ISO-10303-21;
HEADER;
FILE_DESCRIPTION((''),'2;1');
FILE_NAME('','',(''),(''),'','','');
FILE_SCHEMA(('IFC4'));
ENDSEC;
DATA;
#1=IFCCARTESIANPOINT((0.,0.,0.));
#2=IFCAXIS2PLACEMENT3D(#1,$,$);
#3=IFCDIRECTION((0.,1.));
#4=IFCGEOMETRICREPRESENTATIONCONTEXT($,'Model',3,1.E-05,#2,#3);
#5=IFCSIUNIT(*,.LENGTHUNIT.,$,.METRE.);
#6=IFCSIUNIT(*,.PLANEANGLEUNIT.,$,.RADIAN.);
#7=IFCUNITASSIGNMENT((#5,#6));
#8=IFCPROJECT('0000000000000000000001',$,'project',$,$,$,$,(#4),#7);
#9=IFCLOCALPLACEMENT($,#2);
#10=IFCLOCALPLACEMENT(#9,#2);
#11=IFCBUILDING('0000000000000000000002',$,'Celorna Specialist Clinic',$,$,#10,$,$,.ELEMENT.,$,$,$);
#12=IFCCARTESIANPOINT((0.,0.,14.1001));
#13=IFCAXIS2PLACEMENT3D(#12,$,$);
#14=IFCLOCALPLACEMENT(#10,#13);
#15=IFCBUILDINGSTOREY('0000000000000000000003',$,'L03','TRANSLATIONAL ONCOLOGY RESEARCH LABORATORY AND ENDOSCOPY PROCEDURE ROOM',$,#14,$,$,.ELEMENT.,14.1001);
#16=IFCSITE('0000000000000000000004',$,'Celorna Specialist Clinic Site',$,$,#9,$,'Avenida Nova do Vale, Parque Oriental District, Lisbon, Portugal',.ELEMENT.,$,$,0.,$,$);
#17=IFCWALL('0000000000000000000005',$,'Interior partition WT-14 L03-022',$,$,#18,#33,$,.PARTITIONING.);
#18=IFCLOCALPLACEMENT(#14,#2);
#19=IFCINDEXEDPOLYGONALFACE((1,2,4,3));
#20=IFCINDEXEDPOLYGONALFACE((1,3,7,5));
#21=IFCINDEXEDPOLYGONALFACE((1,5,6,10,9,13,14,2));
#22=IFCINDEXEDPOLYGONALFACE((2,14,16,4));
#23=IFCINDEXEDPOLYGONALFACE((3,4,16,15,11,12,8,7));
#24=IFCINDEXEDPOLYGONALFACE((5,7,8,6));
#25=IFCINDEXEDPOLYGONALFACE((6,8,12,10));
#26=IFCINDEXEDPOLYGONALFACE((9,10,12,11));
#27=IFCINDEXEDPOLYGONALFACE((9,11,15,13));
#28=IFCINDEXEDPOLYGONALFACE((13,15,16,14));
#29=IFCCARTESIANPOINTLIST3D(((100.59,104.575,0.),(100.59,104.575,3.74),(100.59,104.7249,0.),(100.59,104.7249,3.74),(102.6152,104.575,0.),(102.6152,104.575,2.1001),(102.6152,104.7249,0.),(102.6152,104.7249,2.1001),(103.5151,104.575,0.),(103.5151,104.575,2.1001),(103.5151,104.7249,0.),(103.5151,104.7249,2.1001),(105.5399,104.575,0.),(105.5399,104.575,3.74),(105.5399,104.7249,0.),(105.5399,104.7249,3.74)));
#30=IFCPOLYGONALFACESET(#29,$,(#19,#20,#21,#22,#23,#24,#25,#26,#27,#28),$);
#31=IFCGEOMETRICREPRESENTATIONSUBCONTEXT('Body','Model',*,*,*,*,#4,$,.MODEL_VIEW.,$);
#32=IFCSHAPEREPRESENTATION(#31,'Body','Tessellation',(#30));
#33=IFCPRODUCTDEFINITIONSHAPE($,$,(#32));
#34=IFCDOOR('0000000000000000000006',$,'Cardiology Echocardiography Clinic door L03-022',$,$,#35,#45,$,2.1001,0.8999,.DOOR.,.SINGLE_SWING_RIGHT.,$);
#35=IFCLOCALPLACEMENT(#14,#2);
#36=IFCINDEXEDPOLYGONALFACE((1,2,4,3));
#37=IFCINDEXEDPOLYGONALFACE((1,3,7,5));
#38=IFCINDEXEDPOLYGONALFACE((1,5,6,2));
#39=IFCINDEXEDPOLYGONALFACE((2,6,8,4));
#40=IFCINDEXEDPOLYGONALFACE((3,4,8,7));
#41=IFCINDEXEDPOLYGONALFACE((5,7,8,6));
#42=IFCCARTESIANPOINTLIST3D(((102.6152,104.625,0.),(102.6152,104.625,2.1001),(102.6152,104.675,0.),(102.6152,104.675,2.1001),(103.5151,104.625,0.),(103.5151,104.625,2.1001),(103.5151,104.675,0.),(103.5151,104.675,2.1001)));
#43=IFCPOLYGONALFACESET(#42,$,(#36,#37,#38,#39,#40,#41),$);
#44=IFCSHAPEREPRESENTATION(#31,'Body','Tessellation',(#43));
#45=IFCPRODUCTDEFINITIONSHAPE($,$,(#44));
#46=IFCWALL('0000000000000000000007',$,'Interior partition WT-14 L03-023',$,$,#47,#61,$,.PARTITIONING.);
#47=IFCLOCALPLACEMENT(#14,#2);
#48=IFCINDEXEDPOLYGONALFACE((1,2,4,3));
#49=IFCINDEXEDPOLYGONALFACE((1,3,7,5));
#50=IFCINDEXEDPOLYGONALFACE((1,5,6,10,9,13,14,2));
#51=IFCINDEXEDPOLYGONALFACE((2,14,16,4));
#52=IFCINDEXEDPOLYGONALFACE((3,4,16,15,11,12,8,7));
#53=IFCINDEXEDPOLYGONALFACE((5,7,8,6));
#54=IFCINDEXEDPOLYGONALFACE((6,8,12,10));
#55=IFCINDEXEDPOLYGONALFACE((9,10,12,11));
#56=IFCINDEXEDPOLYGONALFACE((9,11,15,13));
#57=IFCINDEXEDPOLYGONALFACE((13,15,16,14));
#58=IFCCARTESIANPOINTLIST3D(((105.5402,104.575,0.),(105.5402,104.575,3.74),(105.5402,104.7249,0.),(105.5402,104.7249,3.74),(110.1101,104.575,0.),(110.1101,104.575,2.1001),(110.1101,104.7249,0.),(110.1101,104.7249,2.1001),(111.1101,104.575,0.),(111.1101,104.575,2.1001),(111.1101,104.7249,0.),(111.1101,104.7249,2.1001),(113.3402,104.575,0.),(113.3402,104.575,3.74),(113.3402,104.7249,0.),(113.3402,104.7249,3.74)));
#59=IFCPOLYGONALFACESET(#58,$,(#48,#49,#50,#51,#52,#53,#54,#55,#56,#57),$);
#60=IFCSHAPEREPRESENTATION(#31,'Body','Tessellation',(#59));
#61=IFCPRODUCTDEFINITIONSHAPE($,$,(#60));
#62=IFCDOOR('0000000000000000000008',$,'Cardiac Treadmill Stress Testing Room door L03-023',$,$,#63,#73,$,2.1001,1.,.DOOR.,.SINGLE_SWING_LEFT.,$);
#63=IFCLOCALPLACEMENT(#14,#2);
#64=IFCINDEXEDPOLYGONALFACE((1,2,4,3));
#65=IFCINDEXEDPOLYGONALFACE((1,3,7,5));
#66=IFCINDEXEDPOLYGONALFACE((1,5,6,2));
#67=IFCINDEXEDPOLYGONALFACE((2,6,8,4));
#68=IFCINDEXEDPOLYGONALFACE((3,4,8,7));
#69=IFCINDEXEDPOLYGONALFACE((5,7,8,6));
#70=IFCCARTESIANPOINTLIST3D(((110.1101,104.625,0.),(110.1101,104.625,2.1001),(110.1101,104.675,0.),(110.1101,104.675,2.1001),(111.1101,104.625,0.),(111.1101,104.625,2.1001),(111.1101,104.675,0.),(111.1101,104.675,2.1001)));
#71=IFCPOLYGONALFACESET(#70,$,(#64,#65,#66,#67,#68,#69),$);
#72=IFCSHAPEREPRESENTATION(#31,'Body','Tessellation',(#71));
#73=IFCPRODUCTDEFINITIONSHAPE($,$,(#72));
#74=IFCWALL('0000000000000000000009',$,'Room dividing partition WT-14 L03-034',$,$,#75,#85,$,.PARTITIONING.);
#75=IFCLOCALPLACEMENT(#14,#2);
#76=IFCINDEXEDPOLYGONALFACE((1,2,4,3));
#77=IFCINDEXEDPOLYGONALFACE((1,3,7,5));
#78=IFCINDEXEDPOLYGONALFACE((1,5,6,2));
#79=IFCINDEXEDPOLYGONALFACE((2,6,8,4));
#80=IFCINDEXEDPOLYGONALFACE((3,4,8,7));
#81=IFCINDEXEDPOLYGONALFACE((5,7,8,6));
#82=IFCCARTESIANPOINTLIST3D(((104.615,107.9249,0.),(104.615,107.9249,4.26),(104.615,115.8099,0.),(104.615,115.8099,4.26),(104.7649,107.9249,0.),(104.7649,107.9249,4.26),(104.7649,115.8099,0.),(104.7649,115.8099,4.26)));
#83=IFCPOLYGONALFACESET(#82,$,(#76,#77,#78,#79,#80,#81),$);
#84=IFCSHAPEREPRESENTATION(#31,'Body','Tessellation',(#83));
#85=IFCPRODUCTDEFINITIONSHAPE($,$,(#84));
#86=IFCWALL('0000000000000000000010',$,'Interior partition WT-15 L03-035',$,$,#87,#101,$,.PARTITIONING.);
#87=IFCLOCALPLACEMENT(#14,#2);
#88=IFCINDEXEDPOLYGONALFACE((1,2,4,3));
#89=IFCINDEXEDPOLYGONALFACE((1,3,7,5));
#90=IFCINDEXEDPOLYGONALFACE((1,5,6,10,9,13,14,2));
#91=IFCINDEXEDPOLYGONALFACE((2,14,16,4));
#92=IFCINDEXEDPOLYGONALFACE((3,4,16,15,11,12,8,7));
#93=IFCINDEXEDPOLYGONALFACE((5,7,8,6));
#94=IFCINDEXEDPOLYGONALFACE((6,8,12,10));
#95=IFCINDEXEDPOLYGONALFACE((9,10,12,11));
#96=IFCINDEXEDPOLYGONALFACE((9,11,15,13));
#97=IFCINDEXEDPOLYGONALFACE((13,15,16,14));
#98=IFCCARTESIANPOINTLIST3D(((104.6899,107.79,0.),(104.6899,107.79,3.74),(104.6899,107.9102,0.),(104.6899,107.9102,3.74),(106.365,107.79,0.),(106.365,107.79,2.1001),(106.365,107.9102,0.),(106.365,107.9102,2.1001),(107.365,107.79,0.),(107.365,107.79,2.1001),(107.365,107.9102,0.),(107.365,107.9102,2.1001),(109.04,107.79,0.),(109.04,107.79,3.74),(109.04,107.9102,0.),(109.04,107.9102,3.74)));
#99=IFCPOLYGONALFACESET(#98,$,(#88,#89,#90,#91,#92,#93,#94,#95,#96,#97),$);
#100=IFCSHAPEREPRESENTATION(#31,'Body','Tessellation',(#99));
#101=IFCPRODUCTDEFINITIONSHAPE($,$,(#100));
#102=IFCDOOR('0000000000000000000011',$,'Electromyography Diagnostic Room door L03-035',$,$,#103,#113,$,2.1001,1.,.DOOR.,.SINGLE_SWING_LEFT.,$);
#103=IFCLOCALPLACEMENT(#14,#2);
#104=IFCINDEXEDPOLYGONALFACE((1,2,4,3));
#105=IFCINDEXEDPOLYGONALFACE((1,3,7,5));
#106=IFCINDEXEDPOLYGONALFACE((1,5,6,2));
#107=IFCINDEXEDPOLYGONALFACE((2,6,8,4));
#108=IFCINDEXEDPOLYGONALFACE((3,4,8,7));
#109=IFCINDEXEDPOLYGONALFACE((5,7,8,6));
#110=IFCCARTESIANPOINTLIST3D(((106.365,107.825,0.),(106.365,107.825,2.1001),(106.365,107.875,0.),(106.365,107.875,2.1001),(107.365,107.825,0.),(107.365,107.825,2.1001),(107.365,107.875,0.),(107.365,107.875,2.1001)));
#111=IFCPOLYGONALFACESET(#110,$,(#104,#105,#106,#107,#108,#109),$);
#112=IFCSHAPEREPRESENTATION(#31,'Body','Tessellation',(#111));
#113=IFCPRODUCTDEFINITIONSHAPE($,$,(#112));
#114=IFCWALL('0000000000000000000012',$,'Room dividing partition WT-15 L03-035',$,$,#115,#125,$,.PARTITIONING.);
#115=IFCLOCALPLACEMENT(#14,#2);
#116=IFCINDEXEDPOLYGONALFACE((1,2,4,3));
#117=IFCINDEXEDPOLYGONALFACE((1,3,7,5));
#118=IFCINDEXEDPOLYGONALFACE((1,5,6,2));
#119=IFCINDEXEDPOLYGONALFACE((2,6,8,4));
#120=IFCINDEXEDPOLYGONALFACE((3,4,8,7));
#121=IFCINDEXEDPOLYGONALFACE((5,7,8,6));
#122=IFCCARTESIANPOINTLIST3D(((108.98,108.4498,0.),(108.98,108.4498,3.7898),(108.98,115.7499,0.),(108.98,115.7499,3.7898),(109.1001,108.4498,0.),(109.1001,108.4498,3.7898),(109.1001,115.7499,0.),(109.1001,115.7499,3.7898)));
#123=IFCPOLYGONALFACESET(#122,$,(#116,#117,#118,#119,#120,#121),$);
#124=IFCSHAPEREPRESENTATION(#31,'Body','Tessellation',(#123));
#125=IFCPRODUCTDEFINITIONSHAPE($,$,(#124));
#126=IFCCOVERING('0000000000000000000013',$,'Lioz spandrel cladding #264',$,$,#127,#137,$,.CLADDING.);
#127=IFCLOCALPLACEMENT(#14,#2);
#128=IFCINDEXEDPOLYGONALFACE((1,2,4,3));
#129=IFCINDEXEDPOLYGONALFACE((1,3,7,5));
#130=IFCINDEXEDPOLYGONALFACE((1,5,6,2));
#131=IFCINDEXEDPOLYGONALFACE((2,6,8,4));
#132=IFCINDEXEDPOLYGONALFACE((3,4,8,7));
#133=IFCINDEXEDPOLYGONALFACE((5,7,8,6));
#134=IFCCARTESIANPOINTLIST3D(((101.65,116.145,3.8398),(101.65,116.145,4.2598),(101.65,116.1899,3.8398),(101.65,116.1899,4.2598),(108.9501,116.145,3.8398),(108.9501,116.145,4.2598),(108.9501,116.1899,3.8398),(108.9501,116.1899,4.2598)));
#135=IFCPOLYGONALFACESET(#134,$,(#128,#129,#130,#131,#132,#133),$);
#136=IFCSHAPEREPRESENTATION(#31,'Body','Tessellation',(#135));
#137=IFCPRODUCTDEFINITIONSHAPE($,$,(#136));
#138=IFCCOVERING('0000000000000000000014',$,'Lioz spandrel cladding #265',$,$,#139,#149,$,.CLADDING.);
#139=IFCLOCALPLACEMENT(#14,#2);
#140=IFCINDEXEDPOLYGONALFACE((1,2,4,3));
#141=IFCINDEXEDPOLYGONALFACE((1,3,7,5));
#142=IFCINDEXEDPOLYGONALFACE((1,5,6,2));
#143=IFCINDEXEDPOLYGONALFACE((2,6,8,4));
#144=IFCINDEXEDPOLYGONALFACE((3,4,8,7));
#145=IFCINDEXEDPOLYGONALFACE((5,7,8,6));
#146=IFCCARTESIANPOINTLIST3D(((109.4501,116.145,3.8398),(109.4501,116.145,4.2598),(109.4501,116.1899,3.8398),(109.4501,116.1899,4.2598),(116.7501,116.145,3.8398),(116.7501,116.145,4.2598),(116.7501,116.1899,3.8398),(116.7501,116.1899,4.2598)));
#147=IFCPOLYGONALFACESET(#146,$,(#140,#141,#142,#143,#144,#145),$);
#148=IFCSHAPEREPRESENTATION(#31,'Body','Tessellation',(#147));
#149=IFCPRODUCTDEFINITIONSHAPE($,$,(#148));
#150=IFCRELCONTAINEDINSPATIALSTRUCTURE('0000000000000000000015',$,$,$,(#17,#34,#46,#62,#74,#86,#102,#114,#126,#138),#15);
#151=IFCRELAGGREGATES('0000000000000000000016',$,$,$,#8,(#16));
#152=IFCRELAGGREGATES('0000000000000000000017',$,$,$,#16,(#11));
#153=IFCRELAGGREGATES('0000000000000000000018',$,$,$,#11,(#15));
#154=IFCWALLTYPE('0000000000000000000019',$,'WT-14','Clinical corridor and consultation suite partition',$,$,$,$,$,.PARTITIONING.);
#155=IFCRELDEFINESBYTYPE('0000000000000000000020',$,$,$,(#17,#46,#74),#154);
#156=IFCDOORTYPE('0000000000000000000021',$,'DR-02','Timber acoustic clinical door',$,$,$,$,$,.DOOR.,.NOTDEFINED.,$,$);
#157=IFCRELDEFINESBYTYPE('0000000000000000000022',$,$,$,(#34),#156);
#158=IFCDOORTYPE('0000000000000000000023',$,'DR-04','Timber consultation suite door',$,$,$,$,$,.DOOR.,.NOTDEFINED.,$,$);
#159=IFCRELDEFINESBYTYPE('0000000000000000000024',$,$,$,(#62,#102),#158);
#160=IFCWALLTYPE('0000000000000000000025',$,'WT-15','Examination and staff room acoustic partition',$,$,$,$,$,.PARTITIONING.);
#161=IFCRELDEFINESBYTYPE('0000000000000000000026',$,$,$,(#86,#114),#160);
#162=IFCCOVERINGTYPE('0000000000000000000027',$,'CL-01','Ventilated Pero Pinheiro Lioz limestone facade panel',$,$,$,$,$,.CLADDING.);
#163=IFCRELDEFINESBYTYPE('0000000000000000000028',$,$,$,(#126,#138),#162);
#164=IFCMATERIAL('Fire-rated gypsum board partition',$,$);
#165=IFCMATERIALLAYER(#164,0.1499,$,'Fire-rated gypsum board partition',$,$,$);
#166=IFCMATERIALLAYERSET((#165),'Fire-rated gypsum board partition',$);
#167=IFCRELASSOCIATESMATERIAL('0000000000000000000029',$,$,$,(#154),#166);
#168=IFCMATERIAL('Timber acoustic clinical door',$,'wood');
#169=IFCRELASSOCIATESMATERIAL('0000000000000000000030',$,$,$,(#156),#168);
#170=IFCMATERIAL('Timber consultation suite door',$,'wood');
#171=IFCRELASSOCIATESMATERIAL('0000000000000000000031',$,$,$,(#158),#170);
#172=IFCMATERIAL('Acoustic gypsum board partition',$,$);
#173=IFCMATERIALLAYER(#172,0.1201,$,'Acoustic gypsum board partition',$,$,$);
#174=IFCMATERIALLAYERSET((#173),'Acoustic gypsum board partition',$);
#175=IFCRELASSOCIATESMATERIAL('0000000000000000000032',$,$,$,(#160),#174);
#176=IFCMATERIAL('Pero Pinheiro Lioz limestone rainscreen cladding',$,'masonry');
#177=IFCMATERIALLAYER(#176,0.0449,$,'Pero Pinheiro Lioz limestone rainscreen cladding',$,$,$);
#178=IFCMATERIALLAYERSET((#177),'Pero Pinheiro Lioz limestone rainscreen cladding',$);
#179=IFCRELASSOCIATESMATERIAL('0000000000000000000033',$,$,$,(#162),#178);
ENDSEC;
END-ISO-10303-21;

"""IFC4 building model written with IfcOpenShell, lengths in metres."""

from ifc_helpers import new_model, si_unit, direction, frame, frame_2d, origin, origin_2d, place, context, subcontext, project, spatial, rectangle, extrude, material, layer, layer_set, type_object, element, fill, save


model = new_model("IFC4")

# Units and contexts
model_context = context("Model", 3, precision=1e-05, world=origin(), true_north=direction((0.0, 1.0)))
body_context = subcontext(model_context, "Body", "Model", "MODEL_VIEW")
ifc_project = project(units=[si_unit("LENGTHUNIT", "METRE"), si_unit("PLANEANGLEUNIT", "RADIAN")], contexts=[model_context])

# Site, building, storey
site_placement = place(None, origin())
site = spatial("IfcSite", under=ifc_project, at=site_placement, Name="Celorna Specialist Clinic Site", LongName="Avenida Nova do Vale, Parque Oriental District, Lisbon, Portugal", CompositionType="ELEMENT", RefElevation=0.0)
building_placement = place(site_placement, origin())
building = spatial("IfcBuilding", under=site, at=building_placement, Name="Celorna Specialist Clinic", CompositionType="ELEMENT")
storey_placement = place(building_placement, frame((0.0, 0.0, 14.1001)))
storey = spatial("IfcBuildingStorey", under=building, at=storey_placement, Name="L03", Description="TRANSLATIONAL ONCOLOGY RESEARCH LABORATORY AND ENDOSCOPY PROCEDURE ROOM", CompositionType="ELEMENT", Elevation=14.1001)

# Walls, openings, doors
ifc_material_1 = material(Name="Fire-rated gypsum board partition")
ifc_layer_1 = layer(ifc_material_1, 0.1499, Name="Fire-rated gypsum board partition")
ifc_layer_set_1 = layer_set([ifc_layer_1], Name="Fire-rated gypsum board partition")
wall_type_1 = type_object("IfcWallType", Name="WT-14", Description="Clinical corridor and consultation suite partition", PredefinedType="PARTITIONING", material=ifc_layer_set_1)
wall_1_placement = place(storey_placement, frame((105.54, 104.6499, 0.0), z_axis=(0.0, 0.0, 1.0), x_axis=(-1.0, 0.0, 0.0)))
wall_1 = element("IfcWall", 1, at=wall_1_placement, inside=storey, type_object=wall_type_1, Name="Interior partition WT-14 L03-022", PredefinedType="PARTITIONING", context=body_context, shape_type="SweptSolid", body=[
    extrude(rectangle(XDim=4.95, YDim=0.1499, at=frame_2d((2.4751, 0.0))), origin(), (0.0, 0.0, 1.0), 3.74),
])
opening_1_placement = place(wall_1_placement, frame((2.0249, 0.0, 0.0)))
opening_1 = element("IfcOpeningElement", 2, at=opening_1_placement, cuts=wall_1, PredefinedType="OPENING", context=body_context, shape_type="SweptSolid", body=[
    extrude(rectangle(XDim=0.8999, YDim=2.1001, at=frame_2d((0.45, 1.05))), frame((0.0, 0.085, 0.0), z_axis=(0.0, -1.0, 0.0), x_axis=(1.0, 0.0, 0.0)), (0.0, 0.0, 1.0), 0.1699),
])
ifc_material_2 = material(Name="Timber acoustic clinical door", Category="wood")
door_type_1 = type_object("IfcDoorType", Name="DR-02", Description="Timber acoustic clinical door", OperationType="NOTDEFINED", PredefinedType="DOOR", material=ifc_material_2)
door_1_placement = place(opening_1_placement, origin())
door_1 = element("IfcDoor", 3, at=door_1_placement, inside=storey, type_object=door_type_1, Name="Cardiology Echocardiography Clinic door L03-022", OperationType="SINGLE_SWING_RIGHT", OverallHeight=2.1001, OverallWidth=0.8999, PredefinedType="DOOR", context=body_context, shape_type="SweptSolid", body=[
    extrude(rectangle(XDim=0.8999, YDim=2.1001, at=frame_2d((0.45, 1.05))), frame((0.0, 0.0249, 0.0), z_axis=(0.0, -1.0, 0.0), x_axis=(1.0, 0.0, 0.0)), (0.0, 0.0, 1.0), 0.05),
])
fill(opening_1, door_1)
wall_2_placement = place(storey_placement, frame((113.3401, 104.6499, 0.0), z_axis=(0.0, 0.0, 1.0), x_axis=(-1.0, 0.0, 0.0)))
wall_2 = element("IfcWall", 4, at=wall_2_placement, inside=storey, type_object=wall_type_1, Name="Interior partition WT-14 L03-023", PredefinedType="PARTITIONING", context=body_context, shape_type="SweptSolid", body=[
    extrude(rectangle(XDim=7.8, YDim=0.1499, at=frame_2d((3.8999, 0.0))), origin(), (0.0, 0.0, 1.0), 3.74),
])
opening_2_placement = place(wall_2_placement, frame((2.23, 0.0, 0.0)))
opening_2 = element("IfcOpeningElement", 5, at=opening_2_placement, cuts=wall_2, PredefinedType="OPENING", context=body_context, shape_type="SweptSolid", body=[
    extrude(rectangle(XDim=1.0, YDim=2.1001, at=frame_2d((0.5, 1.05))), frame((0.0, 0.085, 0.0), z_axis=(0.0, -1.0, 0.0), x_axis=(1.0, 0.0, 0.0)), (0.0, 0.0, 1.0), 0.1699),
])
ifc_material_3 = material(Name="Timber consultation suite door", Category="wood")
door_type_2 = type_object("IfcDoorType", Name="DR-04", Description="Timber consultation suite door", OperationType="NOTDEFINED", PredefinedType="DOOR", material=ifc_material_3)
door_2_placement = place(opening_2_placement, origin())
door_2 = element("IfcDoor", 6, at=door_2_placement, inside=storey, type_object=door_type_2, Name="Cardiac Treadmill Stress Testing Room door L03-023", OperationType="SINGLE_SWING_LEFT", OverallHeight=2.1001, OverallWidth=1.0, PredefinedType="DOOR", context=body_context, shape_type="SweptSolid", body=[
    extrude(rectangle(XDim=1.0, YDim=2.1001, at=frame_2d((0.5, 1.05))), frame((0.0, 0.0249, 0.0), z_axis=(0.0, -1.0, 0.0), x_axis=(1.0, 0.0, 0.0)), (0.0, 0.0, 1.0), 0.05),
])
fill(opening_2, door_2)

# Wall
wall_3_placement = place(storey_placement, frame((104.6899, 107.925, 0.0), z_axis=(0.0, 0.0, 1.0), x_axis=(0.0, 1.0, 0.0)))
element("IfcWall", 7, at=wall_3_placement, inside=storey, type_object=wall_type_1, Name="Room dividing partition WT-14 L03-034", PredefinedType="PARTITIONING", context=body_context, shape_type="SweptSolid", body=[
    extrude(rectangle(XDim=7.885, YDim=0.1499, at=frame_2d((3.9424, 0.0))), origin(), (0.0, 0.0, 1.0), 4.26),
])

# Wall, opening, door
ifc_material_4 = material(Name="Acoustic gypsum board partition")
ifc_layer_2 = layer(ifc_material_4, 0.1201, Name="Acoustic gypsum board partition")
ifc_layer_set_2 = layer_set([ifc_layer_2], Name="Acoustic gypsum board partition")
wall_type_2 = type_object("IfcWallType", Name="WT-15", Description="Examination and staff room acoustic partition", PredefinedType="PARTITIONING", material=ifc_layer_set_2)
wall_4_placement = place(storey_placement, frame((104.6899, 107.8501, 0.0), z_axis=(0.0, 0.0, 1.0), x_axis=(1.0, 0.0, 0.0)))
wall_4 = element("IfcWall", 8, at=wall_4_placement, inside=storey, type_object=wall_type_2, Name="Interior partition WT-15 L03-035", PredefinedType="PARTITIONING", context=body_context, shape_type="SweptSolid", body=[
    extrude(rectangle(XDim=4.3501, YDim=0.1201, at=frame_2d((2.175, 0.0))), origin(), (0.0, 0.0, 1.0), 3.74),
])
opening_3_placement = place(wall_4_placement, frame((1.675, 0.0, 0.0)))
opening_3 = element("IfcOpeningElement", 9, at=opening_3_placement, cuts=wall_4, PredefinedType="OPENING", context=body_context, shape_type="SweptSolid", body=[
    extrude(rectangle(XDim=1.0, YDim=2.1001, at=frame_2d((0.5, 1.05))), frame((0.0, 0.0701, 0.0), z_axis=(0.0, -1.0, 0.0), x_axis=(1.0, 0.0, 0.0)), (0.0, 0.0, 1.0), 0.1401),
])
door_3_placement = place(opening_3_placement, origin())
door_3 = element("IfcDoor", 10, at=door_3_placement, inside=storey, type_object=door_type_2, Name="Electromyography Diagnostic Room door L03-035", OperationType="SINGLE_SWING_LEFT", OverallHeight=2.1001, OverallWidth=1.0, PredefinedType="DOOR", context=body_context, shape_type="SweptSolid", body=[
    extrude(rectangle(XDim=1.0, YDim=2.1001, at=frame_2d((0.5, 1.05))), frame((0.0, 0.0249, 0.0), z_axis=(0.0, -1.0, 0.0), x_axis=(1.0, 0.0, 0.0)), (0.0, 0.0, 1.0), 0.05),
])
fill(opening_3, door_3)

# Wall
wall_5_placement = place(storey_placement, frame((109.04, 108.45, 0.0), z_axis=(0.0, 0.0, 1.0), x_axis=(0.0, 1.0, 0.0)))
element("IfcWall", 11, at=wall_5_placement, inside=storey, type_object=wall_type_2, Name="Room dividing partition WT-15 L03-035", PredefinedType="PARTITIONING", context=body_context, shape_type="SweptSolid", body=[
    extrude(rectangle(XDim=7.3, YDim=0.1201, at=frame_2d((3.6499, 0.0))), origin(), (0.0, 0.0, 1.0), 3.7898),
])

# Coverings
ifc_material_5 = material(Name="Pero Pinheiro Lioz limestone rainscreen cladding", Category="masonry")
ifc_layer_3 = layer(ifc_material_5, 0.0449, Name="Pero Pinheiro Lioz limestone rainscreen cladding")
ifc_layer_set_3 = layer_set([ifc_layer_3], Name="Pero Pinheiro Lioz limestone rainscreen cladding")
covering_type = type_object("IfcCoveringType", Name="CL-01", Description="Ventilated Pero Pinheiro Lioz limestone facade panel", PredefinedType="CLADDING", material=ifc_layer_set_3)
for number, where, z_axis, x_axis, name in (
    (12, (105.3, 116.1675, 3.8398), (0.0, 0.0, 1.0), (1.0, 0.0, 0.0), "Lioz spandrel cladding #264"),
    (13, (113.1001, 116.1675, 3.8398), (0.0, 0.0, 1.0), (1.0, 0.0, 0.0), "Lioz spandrel cladding #265"),
):
    element("IfcCovering", number, at=place(storey_placement, frame(where, z_axis=z_axis, x_axis=x_axis)), inside=storey, type_object=covering_type, Name=name, PredefinedType="CLADDING", context=body_context, shape_type="SweptSolid", body=[
        extrude(rectangle(XDim=7.3, YDim=0.0449, at=origin_2d()), origin(), (0.0, 0.0, 1.0), 0.4199),
    ])

save(model, "model.ifc")
